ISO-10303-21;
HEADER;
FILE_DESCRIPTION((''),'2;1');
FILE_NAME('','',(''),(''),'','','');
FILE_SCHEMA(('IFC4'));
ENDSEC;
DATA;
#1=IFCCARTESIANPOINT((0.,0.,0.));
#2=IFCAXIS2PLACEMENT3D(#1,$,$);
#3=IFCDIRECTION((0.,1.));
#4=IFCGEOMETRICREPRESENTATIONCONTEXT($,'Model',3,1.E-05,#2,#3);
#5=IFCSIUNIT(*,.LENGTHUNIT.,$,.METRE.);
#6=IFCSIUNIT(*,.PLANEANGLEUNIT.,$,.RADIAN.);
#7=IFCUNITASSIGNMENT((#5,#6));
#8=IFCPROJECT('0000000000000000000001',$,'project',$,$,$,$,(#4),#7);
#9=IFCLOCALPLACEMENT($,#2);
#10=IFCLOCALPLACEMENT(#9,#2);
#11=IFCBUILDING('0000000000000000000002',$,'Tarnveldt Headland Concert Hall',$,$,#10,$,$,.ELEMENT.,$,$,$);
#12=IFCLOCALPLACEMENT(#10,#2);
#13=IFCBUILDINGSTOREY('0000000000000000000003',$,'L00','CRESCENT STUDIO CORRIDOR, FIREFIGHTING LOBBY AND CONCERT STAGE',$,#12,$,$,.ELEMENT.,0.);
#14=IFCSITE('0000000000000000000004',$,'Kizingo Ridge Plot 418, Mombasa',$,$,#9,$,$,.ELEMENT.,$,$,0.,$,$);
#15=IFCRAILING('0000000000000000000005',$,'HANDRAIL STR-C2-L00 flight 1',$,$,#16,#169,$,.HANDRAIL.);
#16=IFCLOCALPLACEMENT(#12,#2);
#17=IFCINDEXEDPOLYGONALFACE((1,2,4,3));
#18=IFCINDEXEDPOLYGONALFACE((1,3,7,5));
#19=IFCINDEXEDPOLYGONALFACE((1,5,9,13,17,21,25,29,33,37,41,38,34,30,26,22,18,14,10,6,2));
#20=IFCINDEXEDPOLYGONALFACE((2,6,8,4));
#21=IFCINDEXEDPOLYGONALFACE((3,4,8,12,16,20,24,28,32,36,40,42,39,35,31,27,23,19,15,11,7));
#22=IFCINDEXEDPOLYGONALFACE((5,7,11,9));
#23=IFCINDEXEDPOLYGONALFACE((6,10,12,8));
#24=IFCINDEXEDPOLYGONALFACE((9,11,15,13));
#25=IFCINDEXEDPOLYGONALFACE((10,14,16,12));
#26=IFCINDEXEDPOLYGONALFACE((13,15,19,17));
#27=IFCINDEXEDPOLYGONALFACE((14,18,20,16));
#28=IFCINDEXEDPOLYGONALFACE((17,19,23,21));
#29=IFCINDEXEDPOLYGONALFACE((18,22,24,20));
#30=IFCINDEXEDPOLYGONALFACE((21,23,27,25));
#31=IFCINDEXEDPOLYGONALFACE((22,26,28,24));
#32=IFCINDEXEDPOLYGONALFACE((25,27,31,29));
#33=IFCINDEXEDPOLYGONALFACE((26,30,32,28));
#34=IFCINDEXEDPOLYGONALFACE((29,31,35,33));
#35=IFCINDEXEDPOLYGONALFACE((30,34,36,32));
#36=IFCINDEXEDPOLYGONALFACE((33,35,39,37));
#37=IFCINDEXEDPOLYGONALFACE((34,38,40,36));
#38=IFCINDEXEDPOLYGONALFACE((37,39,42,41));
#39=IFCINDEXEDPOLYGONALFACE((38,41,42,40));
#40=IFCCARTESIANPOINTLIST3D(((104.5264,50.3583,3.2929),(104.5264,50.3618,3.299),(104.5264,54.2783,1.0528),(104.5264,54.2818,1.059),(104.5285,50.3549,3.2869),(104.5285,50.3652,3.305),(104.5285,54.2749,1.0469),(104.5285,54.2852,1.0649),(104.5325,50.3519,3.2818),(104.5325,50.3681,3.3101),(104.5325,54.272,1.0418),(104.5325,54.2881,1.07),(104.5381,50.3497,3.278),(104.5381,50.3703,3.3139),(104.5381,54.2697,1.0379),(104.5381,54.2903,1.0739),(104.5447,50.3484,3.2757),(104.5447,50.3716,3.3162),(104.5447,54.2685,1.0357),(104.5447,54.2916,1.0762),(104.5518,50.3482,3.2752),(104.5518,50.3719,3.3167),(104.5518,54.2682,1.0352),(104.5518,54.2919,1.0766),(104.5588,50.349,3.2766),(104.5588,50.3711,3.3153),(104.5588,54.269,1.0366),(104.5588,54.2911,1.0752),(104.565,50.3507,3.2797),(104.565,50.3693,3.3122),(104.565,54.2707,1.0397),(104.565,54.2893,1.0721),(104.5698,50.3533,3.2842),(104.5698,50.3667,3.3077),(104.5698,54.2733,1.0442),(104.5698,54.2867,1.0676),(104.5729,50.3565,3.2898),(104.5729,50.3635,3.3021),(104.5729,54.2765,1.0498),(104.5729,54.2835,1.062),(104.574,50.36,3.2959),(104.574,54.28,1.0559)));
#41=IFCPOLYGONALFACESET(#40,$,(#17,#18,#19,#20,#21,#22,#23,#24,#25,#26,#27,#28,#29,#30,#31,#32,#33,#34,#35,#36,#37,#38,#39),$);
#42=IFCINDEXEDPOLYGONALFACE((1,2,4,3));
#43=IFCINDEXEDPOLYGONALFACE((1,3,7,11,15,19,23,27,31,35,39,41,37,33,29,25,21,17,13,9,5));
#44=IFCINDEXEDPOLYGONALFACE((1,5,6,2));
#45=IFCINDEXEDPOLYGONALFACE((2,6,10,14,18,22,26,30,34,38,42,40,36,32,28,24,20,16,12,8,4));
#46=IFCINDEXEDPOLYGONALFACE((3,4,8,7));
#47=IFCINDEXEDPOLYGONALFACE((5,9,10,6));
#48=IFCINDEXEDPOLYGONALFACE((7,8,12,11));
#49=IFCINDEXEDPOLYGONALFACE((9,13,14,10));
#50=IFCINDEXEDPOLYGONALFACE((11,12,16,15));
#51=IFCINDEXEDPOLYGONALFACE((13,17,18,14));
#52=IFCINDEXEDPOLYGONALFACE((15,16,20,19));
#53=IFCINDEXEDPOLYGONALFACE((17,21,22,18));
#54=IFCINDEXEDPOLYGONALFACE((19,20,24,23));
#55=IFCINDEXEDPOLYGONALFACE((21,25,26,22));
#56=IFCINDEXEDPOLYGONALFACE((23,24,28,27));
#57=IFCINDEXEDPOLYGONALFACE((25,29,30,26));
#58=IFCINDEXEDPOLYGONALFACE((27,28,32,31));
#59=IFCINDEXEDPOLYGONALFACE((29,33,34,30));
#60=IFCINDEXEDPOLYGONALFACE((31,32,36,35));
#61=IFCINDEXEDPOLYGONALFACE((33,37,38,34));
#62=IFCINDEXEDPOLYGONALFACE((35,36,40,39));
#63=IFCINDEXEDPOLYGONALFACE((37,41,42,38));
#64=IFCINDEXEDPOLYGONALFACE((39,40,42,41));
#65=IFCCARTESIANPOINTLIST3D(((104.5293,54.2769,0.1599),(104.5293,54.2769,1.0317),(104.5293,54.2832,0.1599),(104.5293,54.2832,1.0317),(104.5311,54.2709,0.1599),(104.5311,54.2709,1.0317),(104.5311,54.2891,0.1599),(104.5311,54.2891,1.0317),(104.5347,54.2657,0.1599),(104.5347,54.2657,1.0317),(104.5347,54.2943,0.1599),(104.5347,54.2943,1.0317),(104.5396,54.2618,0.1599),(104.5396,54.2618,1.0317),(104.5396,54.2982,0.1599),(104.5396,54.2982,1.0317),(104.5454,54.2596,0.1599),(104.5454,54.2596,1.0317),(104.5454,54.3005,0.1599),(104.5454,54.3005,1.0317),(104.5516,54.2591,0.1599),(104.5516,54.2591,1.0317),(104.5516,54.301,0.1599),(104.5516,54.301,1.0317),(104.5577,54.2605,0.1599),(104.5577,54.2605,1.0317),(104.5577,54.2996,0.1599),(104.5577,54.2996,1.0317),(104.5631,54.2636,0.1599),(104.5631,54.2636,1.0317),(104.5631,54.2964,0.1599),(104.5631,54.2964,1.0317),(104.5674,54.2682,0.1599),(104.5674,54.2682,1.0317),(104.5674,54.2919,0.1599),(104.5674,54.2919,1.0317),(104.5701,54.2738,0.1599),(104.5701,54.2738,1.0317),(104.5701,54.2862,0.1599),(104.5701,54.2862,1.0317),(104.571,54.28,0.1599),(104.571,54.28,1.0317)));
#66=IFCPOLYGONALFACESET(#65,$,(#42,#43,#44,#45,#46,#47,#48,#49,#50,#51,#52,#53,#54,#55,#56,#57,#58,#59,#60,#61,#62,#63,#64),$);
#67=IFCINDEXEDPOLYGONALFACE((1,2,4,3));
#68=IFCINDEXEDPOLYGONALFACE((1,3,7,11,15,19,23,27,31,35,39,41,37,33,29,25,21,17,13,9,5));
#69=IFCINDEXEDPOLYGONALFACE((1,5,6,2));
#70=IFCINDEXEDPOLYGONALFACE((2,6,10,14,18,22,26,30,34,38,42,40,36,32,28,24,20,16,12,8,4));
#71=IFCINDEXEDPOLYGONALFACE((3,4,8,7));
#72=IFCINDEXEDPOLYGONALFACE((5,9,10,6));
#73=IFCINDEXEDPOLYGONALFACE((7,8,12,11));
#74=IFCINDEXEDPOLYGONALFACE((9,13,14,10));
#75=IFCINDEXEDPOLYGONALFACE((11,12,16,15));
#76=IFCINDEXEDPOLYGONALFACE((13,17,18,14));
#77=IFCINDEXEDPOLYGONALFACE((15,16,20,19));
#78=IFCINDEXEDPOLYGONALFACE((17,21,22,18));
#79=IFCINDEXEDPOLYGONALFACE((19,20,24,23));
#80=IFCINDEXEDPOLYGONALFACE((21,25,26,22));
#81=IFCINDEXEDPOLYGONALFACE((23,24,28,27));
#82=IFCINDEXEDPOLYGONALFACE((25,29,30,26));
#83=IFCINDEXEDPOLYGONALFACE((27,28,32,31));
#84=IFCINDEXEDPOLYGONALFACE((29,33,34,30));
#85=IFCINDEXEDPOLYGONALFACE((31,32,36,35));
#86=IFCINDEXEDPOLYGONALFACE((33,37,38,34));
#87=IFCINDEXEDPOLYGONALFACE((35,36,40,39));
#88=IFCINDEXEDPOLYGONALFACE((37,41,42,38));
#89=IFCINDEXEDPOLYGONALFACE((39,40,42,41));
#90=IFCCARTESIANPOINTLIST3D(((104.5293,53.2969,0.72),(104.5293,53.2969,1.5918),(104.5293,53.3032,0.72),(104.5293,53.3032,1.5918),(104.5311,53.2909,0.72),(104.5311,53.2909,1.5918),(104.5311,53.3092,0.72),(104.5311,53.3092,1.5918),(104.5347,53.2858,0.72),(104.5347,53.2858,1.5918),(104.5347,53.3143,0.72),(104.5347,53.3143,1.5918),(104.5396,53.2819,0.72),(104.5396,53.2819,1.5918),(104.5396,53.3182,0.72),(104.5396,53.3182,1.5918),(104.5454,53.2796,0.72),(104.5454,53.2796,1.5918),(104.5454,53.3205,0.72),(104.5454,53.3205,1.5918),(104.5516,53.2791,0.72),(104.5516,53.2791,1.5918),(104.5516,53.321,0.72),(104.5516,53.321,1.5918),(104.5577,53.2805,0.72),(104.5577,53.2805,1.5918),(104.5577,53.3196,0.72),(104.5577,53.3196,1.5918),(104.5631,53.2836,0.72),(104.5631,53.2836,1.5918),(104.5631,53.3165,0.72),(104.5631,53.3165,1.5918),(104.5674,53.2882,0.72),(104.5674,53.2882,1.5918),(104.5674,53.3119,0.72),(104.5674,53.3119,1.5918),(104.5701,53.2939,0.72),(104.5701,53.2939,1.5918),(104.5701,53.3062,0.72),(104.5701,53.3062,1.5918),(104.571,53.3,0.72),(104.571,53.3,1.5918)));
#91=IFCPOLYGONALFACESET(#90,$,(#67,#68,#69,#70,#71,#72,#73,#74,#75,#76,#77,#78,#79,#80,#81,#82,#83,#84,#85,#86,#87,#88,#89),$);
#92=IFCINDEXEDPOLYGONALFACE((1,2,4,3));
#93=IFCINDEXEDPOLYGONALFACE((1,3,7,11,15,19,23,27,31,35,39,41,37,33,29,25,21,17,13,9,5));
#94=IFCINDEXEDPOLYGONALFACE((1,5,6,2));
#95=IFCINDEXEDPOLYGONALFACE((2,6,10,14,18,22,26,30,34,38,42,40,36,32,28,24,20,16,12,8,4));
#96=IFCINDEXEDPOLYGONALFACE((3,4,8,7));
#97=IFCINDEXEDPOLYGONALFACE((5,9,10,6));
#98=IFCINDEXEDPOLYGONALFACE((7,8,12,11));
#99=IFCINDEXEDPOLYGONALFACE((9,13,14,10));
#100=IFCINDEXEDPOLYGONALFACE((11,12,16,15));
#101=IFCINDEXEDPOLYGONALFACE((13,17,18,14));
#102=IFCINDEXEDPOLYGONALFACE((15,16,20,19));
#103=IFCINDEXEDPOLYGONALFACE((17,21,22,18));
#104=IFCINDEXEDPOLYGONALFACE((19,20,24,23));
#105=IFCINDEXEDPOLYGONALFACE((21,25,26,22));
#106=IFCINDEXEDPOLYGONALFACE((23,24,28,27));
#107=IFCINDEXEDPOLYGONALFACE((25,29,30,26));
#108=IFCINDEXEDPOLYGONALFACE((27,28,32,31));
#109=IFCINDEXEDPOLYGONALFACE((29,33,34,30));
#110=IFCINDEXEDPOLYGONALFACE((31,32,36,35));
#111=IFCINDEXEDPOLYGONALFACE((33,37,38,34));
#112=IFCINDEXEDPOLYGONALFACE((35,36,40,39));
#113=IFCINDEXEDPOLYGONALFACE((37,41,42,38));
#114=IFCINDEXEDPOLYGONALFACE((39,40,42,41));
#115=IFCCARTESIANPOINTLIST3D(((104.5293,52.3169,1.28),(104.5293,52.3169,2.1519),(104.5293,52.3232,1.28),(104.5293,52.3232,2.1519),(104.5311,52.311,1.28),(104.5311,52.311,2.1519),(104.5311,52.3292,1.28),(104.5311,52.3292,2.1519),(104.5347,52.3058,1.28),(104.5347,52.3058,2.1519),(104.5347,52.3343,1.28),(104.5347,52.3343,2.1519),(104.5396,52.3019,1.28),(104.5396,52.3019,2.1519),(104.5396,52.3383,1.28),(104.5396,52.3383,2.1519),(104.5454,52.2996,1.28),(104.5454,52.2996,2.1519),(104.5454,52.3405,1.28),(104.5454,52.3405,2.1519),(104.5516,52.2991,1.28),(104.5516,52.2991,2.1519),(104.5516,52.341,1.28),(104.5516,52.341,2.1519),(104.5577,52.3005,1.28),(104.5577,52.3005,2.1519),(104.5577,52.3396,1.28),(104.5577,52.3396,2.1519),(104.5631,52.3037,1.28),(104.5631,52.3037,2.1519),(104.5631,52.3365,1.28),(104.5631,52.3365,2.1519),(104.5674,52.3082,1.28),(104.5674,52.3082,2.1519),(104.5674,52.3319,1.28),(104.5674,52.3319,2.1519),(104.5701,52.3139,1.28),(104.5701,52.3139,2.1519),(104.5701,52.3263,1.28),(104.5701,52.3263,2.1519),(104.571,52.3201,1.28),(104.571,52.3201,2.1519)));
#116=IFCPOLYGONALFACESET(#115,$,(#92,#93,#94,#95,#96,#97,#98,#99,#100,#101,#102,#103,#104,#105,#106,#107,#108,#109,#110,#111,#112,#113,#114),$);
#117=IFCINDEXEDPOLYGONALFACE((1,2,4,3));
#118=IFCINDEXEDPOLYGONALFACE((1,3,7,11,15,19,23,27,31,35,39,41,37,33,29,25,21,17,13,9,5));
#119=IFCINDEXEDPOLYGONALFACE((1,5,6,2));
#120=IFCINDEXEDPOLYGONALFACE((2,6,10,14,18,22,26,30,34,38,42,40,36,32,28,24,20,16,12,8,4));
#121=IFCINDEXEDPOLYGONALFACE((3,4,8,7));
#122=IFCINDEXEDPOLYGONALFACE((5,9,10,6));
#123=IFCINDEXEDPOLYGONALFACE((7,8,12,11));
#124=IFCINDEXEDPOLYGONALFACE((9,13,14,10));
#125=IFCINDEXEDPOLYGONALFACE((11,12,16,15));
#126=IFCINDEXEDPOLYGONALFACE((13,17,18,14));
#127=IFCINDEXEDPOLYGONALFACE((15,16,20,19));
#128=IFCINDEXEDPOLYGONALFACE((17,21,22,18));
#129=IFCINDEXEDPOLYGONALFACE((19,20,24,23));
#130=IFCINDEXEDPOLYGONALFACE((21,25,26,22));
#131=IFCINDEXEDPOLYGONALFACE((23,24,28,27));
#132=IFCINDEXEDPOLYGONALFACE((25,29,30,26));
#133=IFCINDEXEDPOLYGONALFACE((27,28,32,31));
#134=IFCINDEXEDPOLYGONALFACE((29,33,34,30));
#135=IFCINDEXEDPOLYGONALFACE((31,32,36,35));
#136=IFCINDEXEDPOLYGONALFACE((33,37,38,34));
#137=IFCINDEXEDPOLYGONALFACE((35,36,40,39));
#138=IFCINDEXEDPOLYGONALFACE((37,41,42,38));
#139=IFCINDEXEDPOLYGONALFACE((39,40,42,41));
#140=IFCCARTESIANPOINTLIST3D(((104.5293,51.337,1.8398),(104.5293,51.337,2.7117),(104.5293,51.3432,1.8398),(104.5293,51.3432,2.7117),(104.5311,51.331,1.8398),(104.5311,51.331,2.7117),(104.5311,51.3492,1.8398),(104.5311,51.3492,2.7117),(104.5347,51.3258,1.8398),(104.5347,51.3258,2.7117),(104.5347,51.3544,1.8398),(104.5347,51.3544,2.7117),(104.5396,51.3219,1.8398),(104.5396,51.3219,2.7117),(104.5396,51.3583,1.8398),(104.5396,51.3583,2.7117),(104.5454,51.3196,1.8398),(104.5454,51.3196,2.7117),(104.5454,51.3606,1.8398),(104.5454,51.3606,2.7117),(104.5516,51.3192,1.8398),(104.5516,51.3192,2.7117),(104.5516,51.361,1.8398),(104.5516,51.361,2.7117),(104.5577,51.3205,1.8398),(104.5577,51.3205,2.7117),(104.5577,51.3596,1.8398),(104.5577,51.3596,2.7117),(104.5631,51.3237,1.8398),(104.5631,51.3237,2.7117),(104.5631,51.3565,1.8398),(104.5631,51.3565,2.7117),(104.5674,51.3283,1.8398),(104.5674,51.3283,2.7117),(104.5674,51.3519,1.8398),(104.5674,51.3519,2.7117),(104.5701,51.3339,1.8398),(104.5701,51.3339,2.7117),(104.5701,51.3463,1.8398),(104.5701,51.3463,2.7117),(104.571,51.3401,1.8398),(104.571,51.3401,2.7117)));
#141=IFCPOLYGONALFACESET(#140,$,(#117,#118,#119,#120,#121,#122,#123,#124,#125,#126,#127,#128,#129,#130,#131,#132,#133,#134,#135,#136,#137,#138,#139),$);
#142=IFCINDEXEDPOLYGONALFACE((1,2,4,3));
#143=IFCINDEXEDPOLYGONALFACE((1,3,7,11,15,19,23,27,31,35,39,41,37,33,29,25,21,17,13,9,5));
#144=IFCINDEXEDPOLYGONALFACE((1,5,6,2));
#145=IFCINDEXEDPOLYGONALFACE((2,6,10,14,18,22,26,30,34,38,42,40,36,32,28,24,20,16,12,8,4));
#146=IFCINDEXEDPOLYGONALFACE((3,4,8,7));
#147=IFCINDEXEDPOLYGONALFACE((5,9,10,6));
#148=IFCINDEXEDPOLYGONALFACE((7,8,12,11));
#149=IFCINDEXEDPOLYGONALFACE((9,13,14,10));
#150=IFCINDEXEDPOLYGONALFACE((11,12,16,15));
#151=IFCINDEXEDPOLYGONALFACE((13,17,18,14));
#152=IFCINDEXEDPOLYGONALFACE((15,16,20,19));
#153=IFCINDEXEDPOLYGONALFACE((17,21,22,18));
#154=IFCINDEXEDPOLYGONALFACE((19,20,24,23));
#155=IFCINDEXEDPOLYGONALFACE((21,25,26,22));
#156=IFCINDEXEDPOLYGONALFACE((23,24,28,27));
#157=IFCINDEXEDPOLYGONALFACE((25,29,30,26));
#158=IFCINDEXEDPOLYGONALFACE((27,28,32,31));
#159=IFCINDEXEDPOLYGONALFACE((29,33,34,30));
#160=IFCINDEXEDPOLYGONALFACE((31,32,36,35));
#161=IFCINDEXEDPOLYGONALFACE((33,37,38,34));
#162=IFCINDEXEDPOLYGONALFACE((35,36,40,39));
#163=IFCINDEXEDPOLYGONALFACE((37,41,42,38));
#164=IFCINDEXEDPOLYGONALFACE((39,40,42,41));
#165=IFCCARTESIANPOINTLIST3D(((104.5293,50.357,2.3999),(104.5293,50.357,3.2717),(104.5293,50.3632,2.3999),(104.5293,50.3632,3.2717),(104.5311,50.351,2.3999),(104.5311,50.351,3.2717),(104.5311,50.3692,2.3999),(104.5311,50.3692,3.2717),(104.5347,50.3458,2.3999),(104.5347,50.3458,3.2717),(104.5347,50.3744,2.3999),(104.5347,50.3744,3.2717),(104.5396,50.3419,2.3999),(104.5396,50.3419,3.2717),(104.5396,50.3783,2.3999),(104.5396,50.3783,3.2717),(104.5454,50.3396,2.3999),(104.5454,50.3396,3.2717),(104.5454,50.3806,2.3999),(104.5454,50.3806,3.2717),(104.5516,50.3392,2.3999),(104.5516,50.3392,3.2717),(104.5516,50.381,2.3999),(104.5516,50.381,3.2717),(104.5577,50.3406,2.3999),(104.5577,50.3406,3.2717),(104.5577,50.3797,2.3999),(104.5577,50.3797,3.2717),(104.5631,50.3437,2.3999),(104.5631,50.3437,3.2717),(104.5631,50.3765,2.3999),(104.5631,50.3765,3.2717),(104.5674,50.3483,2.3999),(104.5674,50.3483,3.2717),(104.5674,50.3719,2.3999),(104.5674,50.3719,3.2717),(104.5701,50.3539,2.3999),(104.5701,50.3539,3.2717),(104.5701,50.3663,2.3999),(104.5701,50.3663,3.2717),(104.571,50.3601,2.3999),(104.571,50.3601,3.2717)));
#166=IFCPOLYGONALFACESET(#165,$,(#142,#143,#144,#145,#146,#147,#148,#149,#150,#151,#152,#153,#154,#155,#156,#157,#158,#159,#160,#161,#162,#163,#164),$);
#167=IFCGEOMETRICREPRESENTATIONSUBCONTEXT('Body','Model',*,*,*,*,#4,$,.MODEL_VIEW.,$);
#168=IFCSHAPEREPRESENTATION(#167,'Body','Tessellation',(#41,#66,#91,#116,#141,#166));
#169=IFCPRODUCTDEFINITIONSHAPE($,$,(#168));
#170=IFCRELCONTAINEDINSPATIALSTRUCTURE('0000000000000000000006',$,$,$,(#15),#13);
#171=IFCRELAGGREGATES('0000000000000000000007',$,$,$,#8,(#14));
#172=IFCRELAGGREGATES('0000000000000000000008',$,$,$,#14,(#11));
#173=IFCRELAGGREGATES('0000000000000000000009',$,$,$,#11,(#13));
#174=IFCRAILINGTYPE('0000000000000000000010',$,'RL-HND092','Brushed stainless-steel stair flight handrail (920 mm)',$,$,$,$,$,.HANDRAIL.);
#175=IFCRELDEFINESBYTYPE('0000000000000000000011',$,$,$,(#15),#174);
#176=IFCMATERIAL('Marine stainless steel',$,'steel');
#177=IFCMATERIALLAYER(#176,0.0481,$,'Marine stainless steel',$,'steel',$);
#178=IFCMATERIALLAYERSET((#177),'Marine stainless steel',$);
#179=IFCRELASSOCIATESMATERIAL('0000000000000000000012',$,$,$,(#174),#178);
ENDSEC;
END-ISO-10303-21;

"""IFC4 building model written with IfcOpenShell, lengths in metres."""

from ifc_helpers import new_model, si_unit, direction, frame, origin, origin_2d, place, context, subcontext, project, spatial, circle, extrude, material, layer, layer_set, type_object, element, save


model = new_model("IFC4")

# Units and contexts
model_context = context("Model", 3, precision=1e-05, world=origin(), true_north=direction((0.0, 1.0)))
body_context = subcontext(model_context, "Body", "Model", "MODEL_VIEW")
ifc_project = project(units=[si_unit("LENGTHUNIT", "METRE"), si_unit("PLANEANGLEUNIT", "RADIAN")], contexts=[model_context])

# Site, building, storey
site_placement = place(None, origin())
site = spatial("IfcSite", under=ifc_project, at=site_placement, Name="Kizingo Ridge Plot 418, Mombasa", CompositionType="ELEMENT", RefElevation=0.0)
building_placement = place(site_placement, origin())
building = spatial("IfcBuilding", under=site, at=building_placement, Name="Tarnveldt Headland Concert Hall", CompositionType="ELEMENT")
storey_placement = place(building_placement, origin())
storey = spatial("IfcBuildingStorey", under=building, at=storey_placement, Name="L00", Description="CRESCENT STUDIO CORRIDOR, FIREFIGHTING LOBBY AND CONCERT STAGE", CompositionType="ELEMENT", Elevation=0.0)

# Railing
ifc_material_1 = material(Name="Marine stainless steel", Category="steel")
ifc_layer_1 = layer(ifc_material_1, 0.0481, Name="Marine stainless steel", Category="steel")
ifc_layer_set_1 = layer_set([ifc_layer_1], Name="Marine stainless steel")
railing_type = type_object("IfcRailingType", Name="RL-HND092", Description="Brushed stainless-steel stair flight handrail (920 mm)", PredefinedType="HANDRAIL", material=ifc_layer_set_1)
railing_placement = place(storey_placement, frame((104.55, 54.28, 0.1599)))
element("IfcRailing", 1, at=railing_placement, inside=storey, type_object=railing_type, Name="HANDRAIL STR-C2-L00 flight 1", PredefinedType="HANDRAIL", context=body_context, shape_type="SweptSolid", body=[
    extrude(circle(Radius=0.0239, at=origin_2d()), frame((0.0, 0.0, 0.896), z_axis=(0.0, -0.86824, 0.496145), x_axis=(1.0, 0.0, 0.0)), (0.0, 0.0, 1.0), 4.5149),
    extrude(circle(Radius=0.021, at=origin_2d()), origin(), (0.0, 0.0, 1.0), 0.8718),
    extrude(circle(Radius=0.021, at=origin_2d()), frame((0.0, -0.98, 0.5601)), (0.0, 0.0, 1.0), 0.8718),
    extrude(circle(Radius=0.021, at=origin_2d()), frame((0.0, -1.96, 1.1201)), (0.0, 0.0, 1.0), 0.8718),
    extrude(circle(Radius=0.021, at=origin_2d()), frame((0.0, -2.9399, 1.6799)), (0.0, 0.0, 1.0), 0.8718),
    extrude(circle(Radius=0.021, at=origin_2d()), frame((0.0, -3.9199, 2.24)), (0.0, 0.0, 1.0), 0.8718),
])

save(model, "model.ifc")
